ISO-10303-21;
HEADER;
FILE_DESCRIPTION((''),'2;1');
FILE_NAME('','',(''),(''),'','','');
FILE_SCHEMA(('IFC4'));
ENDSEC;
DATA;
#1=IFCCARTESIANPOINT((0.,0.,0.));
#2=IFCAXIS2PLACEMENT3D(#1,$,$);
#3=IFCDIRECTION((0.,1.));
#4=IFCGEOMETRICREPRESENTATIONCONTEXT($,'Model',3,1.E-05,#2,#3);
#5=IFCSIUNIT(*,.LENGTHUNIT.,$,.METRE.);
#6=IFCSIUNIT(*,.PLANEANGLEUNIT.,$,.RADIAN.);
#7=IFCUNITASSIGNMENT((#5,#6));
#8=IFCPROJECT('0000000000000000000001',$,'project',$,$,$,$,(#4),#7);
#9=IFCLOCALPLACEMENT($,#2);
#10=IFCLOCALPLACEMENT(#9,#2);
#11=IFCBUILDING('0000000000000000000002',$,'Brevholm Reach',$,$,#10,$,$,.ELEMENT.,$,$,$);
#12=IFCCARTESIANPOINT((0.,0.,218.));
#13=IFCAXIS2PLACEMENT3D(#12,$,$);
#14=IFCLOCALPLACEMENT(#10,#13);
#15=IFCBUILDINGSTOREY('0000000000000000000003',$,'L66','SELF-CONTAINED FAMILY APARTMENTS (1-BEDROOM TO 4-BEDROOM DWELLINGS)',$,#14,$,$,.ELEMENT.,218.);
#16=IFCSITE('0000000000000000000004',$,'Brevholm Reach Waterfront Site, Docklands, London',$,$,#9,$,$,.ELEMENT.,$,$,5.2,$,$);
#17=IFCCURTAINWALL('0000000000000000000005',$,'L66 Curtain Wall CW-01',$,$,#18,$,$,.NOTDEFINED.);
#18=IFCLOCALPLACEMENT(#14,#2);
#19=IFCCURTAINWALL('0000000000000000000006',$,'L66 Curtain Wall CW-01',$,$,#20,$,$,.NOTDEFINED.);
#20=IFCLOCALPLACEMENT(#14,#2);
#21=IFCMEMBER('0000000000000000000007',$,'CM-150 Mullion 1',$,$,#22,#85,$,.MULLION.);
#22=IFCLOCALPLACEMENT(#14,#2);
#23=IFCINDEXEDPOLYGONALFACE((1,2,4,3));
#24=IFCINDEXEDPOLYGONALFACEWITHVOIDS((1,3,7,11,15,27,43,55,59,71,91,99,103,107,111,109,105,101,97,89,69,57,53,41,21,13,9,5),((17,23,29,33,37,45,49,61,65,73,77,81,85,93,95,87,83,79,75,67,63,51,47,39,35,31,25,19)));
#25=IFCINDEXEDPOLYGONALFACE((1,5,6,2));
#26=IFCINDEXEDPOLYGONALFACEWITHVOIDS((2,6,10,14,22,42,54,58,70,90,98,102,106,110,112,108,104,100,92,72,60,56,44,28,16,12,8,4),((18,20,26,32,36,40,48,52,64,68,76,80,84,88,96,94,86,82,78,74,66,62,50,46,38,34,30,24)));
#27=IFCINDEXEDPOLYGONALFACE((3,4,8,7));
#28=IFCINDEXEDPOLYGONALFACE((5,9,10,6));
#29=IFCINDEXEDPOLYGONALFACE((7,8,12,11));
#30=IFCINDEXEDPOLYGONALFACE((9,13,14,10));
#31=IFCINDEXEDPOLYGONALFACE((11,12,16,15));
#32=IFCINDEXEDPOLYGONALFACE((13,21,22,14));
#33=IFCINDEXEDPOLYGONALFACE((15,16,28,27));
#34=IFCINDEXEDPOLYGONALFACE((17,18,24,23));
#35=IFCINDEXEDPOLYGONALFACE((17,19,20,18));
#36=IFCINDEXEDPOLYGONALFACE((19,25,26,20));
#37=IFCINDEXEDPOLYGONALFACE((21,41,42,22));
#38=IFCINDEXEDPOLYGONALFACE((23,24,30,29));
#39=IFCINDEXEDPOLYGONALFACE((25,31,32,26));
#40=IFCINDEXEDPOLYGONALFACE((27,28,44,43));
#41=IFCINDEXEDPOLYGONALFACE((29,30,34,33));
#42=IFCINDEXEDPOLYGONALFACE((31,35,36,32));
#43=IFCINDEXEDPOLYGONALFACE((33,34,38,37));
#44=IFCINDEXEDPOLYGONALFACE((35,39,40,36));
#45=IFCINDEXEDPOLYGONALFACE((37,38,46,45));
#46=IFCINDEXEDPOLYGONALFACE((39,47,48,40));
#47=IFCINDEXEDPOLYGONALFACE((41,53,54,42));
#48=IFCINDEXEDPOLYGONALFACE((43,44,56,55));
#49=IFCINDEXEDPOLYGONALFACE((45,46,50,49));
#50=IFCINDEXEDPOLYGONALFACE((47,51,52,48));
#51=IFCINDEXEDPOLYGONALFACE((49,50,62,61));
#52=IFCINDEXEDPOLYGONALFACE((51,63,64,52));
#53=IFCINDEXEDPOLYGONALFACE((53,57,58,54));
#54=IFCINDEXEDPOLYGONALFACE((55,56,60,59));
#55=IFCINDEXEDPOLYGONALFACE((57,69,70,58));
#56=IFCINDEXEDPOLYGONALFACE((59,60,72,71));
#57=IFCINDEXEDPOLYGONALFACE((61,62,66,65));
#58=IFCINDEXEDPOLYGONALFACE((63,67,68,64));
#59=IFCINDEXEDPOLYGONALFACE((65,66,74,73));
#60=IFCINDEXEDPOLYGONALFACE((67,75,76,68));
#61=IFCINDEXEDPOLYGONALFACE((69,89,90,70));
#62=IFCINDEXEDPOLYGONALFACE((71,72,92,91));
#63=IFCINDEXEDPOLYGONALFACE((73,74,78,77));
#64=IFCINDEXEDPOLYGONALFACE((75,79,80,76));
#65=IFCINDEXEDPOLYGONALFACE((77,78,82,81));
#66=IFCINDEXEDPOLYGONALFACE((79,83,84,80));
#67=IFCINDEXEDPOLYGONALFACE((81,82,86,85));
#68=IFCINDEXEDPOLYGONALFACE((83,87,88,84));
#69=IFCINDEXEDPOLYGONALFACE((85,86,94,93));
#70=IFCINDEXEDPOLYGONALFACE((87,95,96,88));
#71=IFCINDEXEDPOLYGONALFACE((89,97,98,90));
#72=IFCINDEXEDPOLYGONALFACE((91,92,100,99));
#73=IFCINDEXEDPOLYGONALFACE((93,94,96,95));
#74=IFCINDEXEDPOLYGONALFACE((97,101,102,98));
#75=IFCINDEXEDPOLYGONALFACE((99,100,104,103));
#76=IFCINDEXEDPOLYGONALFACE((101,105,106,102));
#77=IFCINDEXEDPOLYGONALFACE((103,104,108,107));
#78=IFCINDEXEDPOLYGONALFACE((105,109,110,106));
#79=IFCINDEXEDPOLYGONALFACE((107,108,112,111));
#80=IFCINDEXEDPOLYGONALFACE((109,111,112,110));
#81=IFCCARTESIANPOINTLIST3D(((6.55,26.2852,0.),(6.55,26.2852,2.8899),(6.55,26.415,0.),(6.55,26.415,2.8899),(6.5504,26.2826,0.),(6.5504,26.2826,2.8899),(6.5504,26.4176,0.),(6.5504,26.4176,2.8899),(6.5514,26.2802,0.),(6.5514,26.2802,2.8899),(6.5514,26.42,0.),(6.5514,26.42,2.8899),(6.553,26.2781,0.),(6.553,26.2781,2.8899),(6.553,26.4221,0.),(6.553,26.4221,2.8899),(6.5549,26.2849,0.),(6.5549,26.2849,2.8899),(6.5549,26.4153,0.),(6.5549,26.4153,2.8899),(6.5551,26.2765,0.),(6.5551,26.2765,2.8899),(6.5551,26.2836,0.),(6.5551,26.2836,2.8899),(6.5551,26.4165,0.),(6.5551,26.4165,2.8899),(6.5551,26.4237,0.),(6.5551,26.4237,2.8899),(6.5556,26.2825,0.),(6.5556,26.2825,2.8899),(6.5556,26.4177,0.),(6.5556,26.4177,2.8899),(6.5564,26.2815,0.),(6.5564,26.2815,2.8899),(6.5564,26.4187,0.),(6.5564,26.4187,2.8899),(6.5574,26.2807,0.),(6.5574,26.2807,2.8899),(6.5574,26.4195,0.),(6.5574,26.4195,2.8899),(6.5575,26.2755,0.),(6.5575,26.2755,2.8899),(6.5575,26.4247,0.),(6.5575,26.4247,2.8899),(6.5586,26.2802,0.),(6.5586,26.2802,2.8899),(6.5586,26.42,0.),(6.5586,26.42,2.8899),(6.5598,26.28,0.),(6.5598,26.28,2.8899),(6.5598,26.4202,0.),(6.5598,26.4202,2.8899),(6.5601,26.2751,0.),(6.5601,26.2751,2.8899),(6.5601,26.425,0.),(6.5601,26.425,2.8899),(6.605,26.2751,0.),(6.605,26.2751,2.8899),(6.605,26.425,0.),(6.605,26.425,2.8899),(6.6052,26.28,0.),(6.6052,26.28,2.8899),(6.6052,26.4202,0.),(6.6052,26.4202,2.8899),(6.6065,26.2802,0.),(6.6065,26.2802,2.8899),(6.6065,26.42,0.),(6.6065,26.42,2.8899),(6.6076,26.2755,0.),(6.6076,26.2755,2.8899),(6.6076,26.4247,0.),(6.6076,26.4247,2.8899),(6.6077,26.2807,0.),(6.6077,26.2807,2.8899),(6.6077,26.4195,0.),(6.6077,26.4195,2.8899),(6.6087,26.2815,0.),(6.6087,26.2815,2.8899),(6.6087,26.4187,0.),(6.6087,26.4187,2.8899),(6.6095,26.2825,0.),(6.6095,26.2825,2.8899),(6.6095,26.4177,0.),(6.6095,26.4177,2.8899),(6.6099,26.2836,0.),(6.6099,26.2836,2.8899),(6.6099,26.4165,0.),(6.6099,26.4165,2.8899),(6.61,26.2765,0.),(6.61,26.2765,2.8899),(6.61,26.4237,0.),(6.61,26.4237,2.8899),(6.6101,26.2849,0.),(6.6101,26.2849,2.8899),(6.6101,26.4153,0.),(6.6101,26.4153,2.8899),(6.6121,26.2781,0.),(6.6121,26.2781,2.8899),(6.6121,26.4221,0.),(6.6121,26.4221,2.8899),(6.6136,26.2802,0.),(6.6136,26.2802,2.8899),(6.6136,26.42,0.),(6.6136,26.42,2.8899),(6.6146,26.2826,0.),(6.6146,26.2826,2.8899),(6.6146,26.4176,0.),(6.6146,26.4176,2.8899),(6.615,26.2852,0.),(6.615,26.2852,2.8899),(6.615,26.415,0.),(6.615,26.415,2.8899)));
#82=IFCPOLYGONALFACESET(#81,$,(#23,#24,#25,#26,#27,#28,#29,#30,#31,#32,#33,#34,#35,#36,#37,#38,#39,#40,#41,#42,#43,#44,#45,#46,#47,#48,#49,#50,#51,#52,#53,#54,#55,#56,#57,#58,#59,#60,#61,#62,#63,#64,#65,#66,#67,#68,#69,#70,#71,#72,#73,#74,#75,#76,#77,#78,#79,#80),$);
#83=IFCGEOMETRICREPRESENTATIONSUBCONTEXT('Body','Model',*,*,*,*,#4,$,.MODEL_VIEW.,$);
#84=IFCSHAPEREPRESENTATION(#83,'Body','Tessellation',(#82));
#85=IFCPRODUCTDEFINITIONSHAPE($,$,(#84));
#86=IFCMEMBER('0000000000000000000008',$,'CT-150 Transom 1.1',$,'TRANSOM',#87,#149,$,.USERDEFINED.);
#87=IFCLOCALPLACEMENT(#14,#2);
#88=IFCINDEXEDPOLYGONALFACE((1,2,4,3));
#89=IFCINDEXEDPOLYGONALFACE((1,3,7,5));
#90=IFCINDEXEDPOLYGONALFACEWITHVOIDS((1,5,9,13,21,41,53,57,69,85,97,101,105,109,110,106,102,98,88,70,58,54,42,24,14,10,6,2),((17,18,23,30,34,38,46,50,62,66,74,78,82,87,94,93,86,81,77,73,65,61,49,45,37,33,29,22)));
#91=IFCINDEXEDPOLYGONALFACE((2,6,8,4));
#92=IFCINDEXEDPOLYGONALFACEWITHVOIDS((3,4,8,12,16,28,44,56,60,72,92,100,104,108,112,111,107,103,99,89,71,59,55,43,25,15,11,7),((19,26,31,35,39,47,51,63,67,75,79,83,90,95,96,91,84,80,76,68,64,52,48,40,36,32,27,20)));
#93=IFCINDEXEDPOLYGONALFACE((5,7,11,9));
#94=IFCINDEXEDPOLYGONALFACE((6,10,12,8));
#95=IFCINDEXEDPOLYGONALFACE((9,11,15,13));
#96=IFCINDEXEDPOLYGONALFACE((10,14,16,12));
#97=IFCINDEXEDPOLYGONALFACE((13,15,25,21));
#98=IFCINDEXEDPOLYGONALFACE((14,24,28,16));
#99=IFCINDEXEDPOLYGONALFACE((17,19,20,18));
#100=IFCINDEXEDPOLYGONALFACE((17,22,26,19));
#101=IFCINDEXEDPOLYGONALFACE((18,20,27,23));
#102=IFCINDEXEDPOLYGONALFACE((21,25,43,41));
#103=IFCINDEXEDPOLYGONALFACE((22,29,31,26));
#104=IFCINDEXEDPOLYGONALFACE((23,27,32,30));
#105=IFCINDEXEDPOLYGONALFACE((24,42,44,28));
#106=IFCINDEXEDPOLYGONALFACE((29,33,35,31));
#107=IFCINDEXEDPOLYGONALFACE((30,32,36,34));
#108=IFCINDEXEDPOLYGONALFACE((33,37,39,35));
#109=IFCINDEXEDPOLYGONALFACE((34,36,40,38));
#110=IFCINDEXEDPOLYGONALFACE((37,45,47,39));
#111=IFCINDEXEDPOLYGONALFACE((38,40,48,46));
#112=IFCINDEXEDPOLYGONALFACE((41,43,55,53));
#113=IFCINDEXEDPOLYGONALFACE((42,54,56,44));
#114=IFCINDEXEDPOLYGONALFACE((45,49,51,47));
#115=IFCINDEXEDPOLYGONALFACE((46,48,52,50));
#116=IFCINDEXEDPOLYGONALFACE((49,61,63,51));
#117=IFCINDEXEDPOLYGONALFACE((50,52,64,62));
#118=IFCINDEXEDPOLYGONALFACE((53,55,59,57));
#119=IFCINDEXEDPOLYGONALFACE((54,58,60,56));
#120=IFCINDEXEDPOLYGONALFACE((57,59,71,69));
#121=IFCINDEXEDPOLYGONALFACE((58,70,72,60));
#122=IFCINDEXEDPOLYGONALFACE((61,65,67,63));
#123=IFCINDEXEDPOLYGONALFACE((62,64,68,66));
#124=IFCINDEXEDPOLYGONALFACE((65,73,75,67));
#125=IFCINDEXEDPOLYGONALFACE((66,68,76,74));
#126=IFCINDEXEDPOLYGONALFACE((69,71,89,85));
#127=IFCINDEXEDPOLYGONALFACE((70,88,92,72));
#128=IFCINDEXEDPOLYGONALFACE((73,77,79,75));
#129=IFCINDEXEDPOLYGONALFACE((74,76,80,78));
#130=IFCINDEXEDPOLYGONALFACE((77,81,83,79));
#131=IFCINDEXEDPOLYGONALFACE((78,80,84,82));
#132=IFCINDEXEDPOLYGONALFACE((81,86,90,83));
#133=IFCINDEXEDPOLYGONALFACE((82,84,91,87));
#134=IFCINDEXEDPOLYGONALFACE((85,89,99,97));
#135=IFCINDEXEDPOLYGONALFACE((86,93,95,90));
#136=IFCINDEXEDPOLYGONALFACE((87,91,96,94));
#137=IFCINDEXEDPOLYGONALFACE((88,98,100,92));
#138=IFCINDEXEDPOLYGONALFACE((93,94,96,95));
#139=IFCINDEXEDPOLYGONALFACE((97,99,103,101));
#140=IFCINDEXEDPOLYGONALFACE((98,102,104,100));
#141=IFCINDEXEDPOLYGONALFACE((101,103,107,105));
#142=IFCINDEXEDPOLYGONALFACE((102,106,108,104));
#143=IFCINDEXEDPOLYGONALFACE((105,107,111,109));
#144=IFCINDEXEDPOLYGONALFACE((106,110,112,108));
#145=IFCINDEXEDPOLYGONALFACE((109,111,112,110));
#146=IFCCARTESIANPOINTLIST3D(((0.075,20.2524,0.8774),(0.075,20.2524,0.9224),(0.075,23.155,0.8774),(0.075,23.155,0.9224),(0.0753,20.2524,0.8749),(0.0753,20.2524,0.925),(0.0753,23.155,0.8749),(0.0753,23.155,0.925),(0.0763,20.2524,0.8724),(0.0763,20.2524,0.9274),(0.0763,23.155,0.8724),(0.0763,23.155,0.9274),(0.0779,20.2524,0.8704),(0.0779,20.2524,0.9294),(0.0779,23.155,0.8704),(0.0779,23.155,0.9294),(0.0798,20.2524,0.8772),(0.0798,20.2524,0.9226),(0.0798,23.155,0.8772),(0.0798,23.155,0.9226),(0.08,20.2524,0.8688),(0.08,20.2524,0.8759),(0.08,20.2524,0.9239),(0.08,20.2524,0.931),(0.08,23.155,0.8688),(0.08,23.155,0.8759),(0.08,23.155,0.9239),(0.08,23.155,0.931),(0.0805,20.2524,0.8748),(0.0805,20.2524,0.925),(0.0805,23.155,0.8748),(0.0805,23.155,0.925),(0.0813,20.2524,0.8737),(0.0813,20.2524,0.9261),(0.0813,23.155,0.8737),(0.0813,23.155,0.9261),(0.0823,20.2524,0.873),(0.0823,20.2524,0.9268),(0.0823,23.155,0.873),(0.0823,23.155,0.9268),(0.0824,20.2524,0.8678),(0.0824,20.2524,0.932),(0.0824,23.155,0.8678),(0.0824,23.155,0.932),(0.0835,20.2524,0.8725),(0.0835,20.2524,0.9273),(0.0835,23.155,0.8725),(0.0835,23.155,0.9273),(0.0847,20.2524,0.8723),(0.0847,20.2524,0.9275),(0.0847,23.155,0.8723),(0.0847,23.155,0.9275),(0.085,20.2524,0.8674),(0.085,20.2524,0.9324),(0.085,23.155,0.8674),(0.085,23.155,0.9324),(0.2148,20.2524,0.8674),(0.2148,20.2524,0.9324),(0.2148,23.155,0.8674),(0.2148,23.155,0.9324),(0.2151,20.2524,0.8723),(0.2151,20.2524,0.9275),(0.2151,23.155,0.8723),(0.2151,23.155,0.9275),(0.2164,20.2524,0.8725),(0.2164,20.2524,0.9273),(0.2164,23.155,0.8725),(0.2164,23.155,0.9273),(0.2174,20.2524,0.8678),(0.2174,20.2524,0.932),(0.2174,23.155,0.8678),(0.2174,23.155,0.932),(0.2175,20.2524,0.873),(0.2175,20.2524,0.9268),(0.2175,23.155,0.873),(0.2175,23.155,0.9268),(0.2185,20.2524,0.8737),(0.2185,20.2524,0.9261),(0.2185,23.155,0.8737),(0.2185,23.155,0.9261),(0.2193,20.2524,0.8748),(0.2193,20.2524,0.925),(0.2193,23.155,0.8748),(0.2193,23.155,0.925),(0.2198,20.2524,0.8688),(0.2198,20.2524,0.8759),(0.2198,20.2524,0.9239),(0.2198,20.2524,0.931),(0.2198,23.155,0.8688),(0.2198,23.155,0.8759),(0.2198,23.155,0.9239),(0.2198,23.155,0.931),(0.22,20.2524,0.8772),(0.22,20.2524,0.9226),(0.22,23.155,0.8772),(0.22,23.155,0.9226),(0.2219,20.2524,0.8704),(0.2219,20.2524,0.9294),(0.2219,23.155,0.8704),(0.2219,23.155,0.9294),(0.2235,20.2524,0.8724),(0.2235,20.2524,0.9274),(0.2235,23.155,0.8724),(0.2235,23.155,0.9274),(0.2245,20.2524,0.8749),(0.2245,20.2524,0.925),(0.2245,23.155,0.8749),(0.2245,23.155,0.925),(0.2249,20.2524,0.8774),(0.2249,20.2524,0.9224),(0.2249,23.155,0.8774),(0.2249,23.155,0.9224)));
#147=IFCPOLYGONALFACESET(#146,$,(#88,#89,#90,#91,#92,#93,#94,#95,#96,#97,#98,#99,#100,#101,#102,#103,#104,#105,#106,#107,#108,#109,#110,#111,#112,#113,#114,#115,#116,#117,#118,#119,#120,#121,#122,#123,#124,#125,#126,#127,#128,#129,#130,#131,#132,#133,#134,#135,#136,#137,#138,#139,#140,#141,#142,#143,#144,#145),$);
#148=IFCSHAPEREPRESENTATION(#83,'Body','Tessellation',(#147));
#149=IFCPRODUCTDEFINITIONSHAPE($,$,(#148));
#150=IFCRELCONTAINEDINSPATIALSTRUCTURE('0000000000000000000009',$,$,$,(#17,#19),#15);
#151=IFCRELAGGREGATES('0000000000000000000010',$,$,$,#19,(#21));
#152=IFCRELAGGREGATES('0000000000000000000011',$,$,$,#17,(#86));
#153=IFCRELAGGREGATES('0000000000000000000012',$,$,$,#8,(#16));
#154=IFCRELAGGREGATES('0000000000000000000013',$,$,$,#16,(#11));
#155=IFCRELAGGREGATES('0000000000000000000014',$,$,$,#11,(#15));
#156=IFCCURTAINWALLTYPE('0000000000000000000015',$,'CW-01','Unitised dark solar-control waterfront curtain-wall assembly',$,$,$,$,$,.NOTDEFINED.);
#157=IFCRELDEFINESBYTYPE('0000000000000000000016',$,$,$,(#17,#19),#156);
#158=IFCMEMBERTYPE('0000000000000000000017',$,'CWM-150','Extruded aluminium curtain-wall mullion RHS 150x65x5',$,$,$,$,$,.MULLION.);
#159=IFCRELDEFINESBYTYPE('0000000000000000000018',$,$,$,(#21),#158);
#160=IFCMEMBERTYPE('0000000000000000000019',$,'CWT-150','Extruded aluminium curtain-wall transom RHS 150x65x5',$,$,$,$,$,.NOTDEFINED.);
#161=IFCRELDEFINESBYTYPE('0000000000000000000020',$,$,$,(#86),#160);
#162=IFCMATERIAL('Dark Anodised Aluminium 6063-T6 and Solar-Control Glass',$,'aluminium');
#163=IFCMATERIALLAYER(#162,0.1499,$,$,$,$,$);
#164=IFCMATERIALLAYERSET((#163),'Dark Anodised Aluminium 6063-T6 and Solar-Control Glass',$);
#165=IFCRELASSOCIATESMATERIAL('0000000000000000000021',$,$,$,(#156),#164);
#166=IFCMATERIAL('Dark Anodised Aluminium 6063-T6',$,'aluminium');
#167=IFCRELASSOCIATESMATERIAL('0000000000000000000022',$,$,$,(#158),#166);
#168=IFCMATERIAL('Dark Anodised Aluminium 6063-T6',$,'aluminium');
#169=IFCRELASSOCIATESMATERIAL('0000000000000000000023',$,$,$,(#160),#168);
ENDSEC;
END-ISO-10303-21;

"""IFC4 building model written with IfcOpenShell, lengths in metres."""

from ifc_helpers import new_model, si_unit, direction, frame, origin, origin_2d, place, context, subcontext, project, spatial, hollow_rectangle, extrude, material, layer, layer_set, material_profile, profile_set, type_object, element, aggregate, save


model = new_model("IFC4")

# Units and contexts
model_context = context("Model", 3, precision=1e-05, world=origin(), true_north=direction((0.0, 1.0)))
body_context = subcontext(model_context, "Body", "Model", "MODEL_VIEW")
ifc_project = project(units=[si_unit("LENGTHUNIT", "METRE"), si_unit("PLANEANGLEUNIT", "RADIAN")], contexts=[model_context])

# Site, building, storey
site_placement = place(None, origin())
site = spatial("IfcSite", under=ifc_project, at=site_placement, Name="Brevholm Reach Waterfront Site, Docklands, London", CompositionType="ELEMENT", RefElevation=5.2)
building_placement = place(site_placement, origin())
building = spatial("IfcBuilding", under=site, at=building_placement, Name="Brevholm Reach", CompositionType="ELEMENT")
storey_placement = place(building_placement, frame((0.0, 0.0, 218.0)))
storey = spatial("IfcBuildingStorey", under=building, at=storey_placement, Name="L66", Description="SELF-CONTAINED FAMILY APARTMENTS (1-BEDROOM TO 4-BEDROOM DWELLINGS)", CompositionType="ELEMENT", Elevation=218.0)

# Curtain wall
ifc_material_1 = material(Name="Dark Anodised Aluminium 6063-T6 and Solar-Control Glass", Category="aluminium")
ifc_layer_1 = layer(ifc_material_1, 0.1499)
ifc_layer_set_1 = layer_set([ifc_layer_1], Name="Dark Anodised Aluminium 6063-T6 and Solar-Control Glass")
curtain_wall_type = type_object("IfcCurtainWallType", Name="CW-01", Description="Unitised dark solar-control waterfront curtain-wall assembly", PredefinedType="NOTDEFINED", material=ifc_layer_set_1)
curtain_wall_1_placement = place(storey_placement, origin())
curtain_wall_1 = element("IfcCurtainWall", 1, at=curtain_wall_1_placement, inside=storey, type_object=curtain_wall_type, Name="L66 Curtain Wall CW-01", PredefinedType="NOTDEFINED")
ifc_material_2 = material(Name="Dark Anodised Aluminium 6063-T6", Category="aluminium")
ifc_material_profile_1 = material_profile(ifc_material_2, hollow_rectangle(XDim=0.0649, YDim=0.1499, WallThickness=0.0049, InnerFilletRadius=0.0049, OuterFilletRadius=0.01, at=origin_2d()), Name="RHS 150x65x5")
ifc_profile_set_1 = profile_set([ifc_material_profile_1], Name="Dark Anodised Aluminium 6063-T6")
member_type_1 = type_object("IfcMemberType", Name="CWM-150", Description="Extruded aluminium curtain-wall mullion RHS 150x65x5", PredefinedType="MULLION", material=ifc_profile_set_1)

# Curtain wall, member
curtain_wall_2_placement = place(storey_placement, origin())
curtain_wall_2 = element("IfcCurtainWall", 2, at=curtain_wall_2_placement, inside=storey, type_object=curtain_wall_type, Name="L66 Curtain Wall CW-01", PredefinedType="NOTDEFINED")
member_1_placement = place(storey_placement, frame((6.5825, 26.3501, 0.0), z_axis=(0.0, 0.0, 1.0), x_axis=(1.0, 0.0, 0.0)))
member_1 = element("IfcMember", 3, at=member_1_placement, type_object=member_type_1, Name="CM-150 Mullion 1", PredefinedType="MULLION", context=body_context, shape_type="SweptSolid", body=[
    extrude(hollow_rectangle(XDim=0.0649, YDim=0.1499, WallThickness=0.0049, InnerFilletRadius=0.0049, OuterFilletRadius=0.01, at=origin_2d()), origin(), (0.0, 0.0, 1.0), 2.8899),
])

# Member
ifc_material_3 = material(Name="Dark Anodised Aluminium 6063-T6", Category="aluminium")
ifc_material_profile_2 = material_profile(ifc_material_3, hollow_rectangle(XDim=0.0649, YDim=0.1499, WallThickness=0.0049, InnerFilletRadius=0.0049, OuterFilletRadius=0.01, at=origin_2d()), Name="RHS 150x65x5")
ifc_profile_set_2 = profile_set([ifc_material_profile_2], Name="Dark Anodised Aluminium 6063-T6")
member_type_2 = type_object("IfcMemberType", Name="CWT-150", Description="Extruded aluminium curtain-wall transom RHS 150x65x5", PredefinedType="NOTDEFINED", material=ifc_profile_set_2)
member_2_placement = place(storey_placement, frame((0.1499, 23.155, 0.8999), z_axis=(0.0, -1.0, 0.0), x_axis=(0.0, 0.0, 1.0)))
member_2 = element("IfcMember", 4, at=member_2_placement, type_object=member_type_2, Name="CT-150 Transom 1.1", ObjectType="TRANSOM", PredefinedType="USERDEFINED", context=body_context, shape_type="SweptSolid", body=[
    extrude(hollow_rectangle(XDim=0.0649, YDim=0.1499, WallThickness=0.0049, InnerFilletRadius=0.0049, OuterFilletRadius=0.01, at=origin_2d()), origin(), (0.0, 0.0, 1.0), 2.9026),
])
aggregate(curtain_wall_2, [member_1])

aggregate(curtain_wall_1, [member_2])

save(model, "model.ifc")
